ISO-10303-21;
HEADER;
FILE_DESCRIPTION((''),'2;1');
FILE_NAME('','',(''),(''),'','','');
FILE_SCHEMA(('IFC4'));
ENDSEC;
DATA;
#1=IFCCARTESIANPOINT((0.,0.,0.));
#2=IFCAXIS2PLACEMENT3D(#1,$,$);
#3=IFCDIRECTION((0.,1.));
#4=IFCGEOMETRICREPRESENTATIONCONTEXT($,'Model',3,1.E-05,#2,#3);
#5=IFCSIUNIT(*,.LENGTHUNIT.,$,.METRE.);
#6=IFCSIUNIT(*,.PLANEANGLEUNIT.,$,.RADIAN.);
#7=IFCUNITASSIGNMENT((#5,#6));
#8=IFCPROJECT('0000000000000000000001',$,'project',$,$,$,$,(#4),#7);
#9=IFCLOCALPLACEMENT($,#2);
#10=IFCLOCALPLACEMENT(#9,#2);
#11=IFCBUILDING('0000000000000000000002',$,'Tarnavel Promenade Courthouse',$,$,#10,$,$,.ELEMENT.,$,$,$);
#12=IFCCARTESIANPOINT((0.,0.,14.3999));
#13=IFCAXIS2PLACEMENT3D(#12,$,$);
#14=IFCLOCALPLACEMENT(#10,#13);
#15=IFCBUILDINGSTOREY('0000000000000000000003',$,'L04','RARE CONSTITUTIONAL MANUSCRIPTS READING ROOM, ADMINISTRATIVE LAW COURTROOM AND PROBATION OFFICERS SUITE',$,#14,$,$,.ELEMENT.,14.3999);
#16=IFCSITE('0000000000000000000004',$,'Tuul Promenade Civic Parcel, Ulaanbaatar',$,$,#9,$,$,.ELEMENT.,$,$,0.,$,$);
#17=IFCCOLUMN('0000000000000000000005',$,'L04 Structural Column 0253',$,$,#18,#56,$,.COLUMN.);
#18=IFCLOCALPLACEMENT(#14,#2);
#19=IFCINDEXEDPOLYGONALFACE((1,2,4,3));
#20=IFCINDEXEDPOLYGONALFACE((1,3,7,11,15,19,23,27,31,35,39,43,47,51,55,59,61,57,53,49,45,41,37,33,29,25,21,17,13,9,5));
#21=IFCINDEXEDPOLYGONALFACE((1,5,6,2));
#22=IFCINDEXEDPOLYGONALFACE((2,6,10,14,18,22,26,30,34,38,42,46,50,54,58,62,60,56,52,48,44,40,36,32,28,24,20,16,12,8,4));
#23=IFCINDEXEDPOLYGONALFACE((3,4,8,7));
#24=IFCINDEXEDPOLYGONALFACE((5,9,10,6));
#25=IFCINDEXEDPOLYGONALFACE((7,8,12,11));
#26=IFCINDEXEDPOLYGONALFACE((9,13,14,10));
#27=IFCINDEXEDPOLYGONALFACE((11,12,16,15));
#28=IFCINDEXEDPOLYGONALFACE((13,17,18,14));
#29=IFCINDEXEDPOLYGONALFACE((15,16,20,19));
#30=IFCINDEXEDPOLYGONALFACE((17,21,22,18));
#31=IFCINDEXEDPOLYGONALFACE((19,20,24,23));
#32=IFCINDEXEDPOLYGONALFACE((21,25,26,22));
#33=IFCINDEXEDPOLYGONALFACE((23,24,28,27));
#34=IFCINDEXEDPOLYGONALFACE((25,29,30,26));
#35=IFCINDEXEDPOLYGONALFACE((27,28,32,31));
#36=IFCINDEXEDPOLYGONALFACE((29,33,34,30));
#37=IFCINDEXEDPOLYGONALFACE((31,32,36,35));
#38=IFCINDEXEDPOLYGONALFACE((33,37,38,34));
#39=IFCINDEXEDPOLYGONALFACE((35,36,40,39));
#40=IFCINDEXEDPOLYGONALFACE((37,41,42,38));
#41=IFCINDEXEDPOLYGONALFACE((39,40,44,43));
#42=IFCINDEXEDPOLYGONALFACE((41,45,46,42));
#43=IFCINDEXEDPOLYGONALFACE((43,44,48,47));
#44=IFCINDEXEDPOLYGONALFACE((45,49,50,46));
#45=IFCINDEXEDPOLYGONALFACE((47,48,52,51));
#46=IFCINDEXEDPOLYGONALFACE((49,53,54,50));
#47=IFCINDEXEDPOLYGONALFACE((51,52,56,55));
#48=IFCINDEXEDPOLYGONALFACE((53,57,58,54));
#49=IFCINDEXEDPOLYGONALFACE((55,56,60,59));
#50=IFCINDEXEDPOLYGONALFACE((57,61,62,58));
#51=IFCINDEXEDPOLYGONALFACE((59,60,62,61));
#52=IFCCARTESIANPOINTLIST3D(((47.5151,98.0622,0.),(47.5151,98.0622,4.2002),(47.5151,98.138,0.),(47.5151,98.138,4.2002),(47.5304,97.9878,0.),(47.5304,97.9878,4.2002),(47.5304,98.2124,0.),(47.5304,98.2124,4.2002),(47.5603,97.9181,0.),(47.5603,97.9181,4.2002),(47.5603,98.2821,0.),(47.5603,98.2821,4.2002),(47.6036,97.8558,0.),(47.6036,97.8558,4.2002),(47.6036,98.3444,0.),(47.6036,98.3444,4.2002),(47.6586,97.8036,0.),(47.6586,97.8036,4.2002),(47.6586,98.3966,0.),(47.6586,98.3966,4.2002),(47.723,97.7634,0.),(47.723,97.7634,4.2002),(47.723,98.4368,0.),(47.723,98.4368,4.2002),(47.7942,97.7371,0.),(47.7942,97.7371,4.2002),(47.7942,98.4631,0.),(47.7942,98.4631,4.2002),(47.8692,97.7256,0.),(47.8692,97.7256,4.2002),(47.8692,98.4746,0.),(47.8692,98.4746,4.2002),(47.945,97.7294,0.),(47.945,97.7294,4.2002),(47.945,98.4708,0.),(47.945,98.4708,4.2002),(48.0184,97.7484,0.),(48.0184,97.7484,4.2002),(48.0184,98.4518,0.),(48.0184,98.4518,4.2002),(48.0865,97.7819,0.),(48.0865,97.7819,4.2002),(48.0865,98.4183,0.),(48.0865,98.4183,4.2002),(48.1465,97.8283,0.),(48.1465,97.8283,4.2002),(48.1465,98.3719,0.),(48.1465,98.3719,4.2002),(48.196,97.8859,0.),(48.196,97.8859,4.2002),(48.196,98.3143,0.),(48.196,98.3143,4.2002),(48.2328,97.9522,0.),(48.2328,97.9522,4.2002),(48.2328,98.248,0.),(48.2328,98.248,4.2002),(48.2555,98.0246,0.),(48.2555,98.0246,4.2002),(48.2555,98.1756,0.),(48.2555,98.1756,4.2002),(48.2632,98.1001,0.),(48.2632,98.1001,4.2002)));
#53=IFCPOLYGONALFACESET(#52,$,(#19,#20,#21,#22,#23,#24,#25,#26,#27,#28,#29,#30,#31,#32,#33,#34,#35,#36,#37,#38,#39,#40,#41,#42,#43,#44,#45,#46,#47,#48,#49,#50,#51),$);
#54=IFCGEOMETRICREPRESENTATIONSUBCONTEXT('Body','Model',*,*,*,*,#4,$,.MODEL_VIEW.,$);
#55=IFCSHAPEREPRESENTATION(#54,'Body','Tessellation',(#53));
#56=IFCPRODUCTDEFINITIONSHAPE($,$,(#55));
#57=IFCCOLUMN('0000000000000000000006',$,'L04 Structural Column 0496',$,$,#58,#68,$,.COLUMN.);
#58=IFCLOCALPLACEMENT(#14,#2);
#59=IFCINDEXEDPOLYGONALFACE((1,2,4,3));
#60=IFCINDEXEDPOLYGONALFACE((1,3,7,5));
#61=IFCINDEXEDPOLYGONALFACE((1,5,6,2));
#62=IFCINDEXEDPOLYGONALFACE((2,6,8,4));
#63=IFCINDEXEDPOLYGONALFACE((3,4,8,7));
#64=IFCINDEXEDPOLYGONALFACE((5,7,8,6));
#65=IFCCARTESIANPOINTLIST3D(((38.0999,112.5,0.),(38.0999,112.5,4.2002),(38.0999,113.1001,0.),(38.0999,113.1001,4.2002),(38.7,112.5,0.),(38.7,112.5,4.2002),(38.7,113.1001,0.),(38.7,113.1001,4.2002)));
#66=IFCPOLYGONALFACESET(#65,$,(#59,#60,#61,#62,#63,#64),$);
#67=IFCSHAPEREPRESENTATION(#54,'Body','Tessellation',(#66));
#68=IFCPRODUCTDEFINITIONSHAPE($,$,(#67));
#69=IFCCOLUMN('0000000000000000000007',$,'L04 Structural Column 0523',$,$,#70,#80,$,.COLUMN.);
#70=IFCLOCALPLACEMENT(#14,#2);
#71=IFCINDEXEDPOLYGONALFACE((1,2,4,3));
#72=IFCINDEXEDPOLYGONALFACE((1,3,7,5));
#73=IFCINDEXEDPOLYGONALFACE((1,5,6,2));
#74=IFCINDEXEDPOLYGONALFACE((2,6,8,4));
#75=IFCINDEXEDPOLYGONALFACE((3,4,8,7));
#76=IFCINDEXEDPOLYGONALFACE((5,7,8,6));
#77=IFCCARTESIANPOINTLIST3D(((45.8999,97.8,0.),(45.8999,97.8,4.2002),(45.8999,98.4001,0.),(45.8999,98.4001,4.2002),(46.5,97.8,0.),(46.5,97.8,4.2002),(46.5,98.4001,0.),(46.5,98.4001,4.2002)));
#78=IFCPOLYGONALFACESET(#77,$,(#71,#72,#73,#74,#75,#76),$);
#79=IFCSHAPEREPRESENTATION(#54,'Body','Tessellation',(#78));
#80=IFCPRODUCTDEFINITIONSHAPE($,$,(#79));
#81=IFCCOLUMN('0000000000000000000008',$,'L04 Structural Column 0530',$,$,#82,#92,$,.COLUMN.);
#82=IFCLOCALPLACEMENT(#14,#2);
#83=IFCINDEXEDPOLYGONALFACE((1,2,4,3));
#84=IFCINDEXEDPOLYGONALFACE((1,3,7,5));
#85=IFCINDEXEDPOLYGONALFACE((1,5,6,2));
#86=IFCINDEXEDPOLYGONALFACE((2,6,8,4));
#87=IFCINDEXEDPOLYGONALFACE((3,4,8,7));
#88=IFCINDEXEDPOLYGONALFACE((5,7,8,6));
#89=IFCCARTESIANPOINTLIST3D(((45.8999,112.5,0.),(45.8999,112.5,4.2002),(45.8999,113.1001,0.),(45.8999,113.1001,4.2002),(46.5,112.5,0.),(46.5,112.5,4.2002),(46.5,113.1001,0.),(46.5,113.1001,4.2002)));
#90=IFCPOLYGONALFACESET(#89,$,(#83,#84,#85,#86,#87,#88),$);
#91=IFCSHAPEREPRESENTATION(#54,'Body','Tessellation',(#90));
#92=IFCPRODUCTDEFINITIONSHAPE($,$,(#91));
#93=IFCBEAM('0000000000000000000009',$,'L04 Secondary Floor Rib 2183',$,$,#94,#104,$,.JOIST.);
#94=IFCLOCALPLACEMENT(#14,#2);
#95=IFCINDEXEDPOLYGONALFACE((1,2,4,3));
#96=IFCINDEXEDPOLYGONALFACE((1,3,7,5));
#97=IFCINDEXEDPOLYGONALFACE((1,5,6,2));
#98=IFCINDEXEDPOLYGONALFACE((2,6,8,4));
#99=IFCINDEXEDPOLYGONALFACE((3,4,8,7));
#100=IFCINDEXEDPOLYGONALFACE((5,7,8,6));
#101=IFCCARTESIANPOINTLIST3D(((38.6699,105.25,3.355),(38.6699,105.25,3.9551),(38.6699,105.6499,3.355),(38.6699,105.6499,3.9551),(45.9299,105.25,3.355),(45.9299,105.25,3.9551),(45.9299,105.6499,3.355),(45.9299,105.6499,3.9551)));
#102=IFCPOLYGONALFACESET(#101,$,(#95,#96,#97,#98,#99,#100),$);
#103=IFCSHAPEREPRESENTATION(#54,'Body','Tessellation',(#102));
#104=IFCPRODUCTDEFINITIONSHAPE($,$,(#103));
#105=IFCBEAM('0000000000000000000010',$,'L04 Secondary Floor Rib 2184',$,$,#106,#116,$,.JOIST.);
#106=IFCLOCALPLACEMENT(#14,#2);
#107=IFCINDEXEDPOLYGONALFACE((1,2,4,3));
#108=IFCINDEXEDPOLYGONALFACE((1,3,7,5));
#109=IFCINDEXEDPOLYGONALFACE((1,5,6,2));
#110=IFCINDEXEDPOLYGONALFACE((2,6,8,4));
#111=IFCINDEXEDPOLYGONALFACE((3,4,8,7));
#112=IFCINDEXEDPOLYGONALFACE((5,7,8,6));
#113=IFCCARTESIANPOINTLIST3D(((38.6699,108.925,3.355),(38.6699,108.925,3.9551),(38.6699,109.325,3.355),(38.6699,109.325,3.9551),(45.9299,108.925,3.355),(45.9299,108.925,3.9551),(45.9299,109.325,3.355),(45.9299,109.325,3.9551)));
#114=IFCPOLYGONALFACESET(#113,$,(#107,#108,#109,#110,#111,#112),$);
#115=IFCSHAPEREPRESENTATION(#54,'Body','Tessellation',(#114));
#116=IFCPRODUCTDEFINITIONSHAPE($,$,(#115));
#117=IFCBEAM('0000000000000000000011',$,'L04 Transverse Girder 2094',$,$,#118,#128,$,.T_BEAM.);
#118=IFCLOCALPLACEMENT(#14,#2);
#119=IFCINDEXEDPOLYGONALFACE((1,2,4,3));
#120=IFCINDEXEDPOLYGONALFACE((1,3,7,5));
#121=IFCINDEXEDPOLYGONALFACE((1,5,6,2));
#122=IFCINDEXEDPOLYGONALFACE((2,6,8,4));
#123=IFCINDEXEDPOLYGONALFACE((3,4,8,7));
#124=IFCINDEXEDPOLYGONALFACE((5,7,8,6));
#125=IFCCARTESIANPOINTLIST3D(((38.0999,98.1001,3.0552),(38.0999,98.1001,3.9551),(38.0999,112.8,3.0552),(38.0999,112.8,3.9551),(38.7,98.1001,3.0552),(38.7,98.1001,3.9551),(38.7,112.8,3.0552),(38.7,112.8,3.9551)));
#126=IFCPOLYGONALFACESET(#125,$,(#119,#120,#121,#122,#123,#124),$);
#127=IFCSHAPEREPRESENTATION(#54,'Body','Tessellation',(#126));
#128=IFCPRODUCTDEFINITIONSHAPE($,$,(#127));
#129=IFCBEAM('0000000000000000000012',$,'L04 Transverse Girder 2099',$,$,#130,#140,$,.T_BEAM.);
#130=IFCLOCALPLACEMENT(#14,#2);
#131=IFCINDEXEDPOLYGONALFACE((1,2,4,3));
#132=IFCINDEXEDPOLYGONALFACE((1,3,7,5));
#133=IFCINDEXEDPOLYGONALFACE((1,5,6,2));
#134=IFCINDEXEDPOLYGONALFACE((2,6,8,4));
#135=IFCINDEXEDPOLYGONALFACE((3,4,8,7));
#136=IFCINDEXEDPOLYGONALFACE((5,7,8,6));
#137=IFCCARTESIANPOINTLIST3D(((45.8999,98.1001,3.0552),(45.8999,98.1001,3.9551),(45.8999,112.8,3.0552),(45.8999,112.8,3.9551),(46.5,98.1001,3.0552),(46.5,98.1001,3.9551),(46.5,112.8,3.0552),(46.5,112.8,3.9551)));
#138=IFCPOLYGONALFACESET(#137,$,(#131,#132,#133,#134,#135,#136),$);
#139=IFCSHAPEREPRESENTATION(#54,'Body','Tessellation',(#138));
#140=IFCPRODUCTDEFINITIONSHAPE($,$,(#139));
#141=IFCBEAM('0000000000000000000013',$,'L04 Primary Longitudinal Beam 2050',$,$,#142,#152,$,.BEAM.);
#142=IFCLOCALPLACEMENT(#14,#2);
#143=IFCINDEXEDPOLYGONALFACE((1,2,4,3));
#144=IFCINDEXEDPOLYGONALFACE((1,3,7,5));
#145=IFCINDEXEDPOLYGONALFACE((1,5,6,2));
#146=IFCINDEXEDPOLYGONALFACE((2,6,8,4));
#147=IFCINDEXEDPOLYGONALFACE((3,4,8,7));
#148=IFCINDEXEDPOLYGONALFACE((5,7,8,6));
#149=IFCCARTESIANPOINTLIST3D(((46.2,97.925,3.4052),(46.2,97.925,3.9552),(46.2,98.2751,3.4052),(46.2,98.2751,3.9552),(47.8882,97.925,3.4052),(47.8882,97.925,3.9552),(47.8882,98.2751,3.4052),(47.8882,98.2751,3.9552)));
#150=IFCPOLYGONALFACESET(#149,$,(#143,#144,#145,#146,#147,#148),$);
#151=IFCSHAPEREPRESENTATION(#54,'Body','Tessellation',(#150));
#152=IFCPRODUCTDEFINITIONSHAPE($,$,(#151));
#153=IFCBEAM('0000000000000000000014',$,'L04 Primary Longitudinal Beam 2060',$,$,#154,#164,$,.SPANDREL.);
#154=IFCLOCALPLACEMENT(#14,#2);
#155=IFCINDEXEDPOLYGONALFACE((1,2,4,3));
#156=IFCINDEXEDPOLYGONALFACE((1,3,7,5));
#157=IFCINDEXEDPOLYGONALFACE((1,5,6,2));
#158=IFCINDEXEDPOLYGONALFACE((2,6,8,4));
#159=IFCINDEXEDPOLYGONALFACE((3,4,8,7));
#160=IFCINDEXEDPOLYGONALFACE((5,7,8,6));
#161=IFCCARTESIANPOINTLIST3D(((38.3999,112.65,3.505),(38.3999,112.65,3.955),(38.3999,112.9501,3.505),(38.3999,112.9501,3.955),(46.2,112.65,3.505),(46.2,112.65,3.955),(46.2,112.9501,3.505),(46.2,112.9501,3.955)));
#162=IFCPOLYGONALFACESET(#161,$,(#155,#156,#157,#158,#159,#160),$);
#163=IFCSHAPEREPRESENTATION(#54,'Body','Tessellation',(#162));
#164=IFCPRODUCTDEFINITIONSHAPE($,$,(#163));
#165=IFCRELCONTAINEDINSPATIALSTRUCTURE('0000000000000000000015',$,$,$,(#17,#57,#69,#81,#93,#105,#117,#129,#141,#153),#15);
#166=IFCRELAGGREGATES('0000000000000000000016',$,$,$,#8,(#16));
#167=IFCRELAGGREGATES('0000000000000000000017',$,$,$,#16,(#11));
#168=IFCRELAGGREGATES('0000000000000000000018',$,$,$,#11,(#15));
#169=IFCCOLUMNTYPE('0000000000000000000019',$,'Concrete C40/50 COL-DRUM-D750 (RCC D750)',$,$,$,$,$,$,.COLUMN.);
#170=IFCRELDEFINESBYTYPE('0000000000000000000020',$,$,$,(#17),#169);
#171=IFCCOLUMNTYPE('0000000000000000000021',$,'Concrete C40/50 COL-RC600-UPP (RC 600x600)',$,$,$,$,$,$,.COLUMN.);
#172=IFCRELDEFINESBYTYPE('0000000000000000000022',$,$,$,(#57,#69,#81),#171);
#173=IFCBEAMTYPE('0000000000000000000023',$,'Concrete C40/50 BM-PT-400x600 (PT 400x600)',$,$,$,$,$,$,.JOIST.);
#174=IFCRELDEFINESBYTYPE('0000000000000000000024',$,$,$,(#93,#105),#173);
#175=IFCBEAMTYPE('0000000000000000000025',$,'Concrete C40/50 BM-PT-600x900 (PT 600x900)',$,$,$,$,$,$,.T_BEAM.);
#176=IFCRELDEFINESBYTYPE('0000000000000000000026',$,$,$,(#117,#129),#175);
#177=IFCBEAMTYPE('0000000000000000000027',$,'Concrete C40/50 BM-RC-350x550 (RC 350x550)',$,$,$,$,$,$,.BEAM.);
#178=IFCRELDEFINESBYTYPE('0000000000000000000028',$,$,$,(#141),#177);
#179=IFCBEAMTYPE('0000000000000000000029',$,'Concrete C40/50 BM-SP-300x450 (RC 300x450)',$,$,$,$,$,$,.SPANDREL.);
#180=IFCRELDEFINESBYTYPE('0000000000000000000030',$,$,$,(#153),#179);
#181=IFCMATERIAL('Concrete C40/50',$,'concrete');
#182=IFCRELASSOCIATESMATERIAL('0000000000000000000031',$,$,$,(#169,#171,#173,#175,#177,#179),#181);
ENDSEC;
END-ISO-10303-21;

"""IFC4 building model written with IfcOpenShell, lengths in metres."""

from ifc_helpers import new_model, si_unit, direction, frame, origin, origin_2d, place, context, subcontext, project, spatial, rectangle, circle, extrude, material, material_profile, profile_set, type_object, element, save


model = new_model("IFC4")

# Units and contexts
model_context = context("Model", 3, precision=1e-05, world=origin(), true_north=direction((0.0, 1.0)))
body_context = subcontext(model_context, "Body", "Model", "MODEL_VIEW")
ifc_project = project(units=[si_unit("LENGTHUNIT", "METRE"), si_unit("PLANEANGLEUNIT", "RADIAN")], contexts=[model_context])

# Site, building, storey
site_placement = place(None, origin())
site = spatial("IfcSite", under=ifc_project, at=site_placement, Name="Tuul Promenade Civic Parcel, Ulaanbaatar", CompositionType="ELEMENT", RefElevation=0.0)
building_placement = place(site_placement, origin())
building = spatial("IfcBuilding", under=site, at=building_placement, Name="Tarnavel Promenade Courthouse", CompositionType="ELEMENT")
storey_placement = place(building_placement, frame((0.0, 0.0, 14.3999)))
storey = spatial("IfcBuildingStorey", under=building, at=storey_placement, Name="L04", Description="RARE CONSTITUTIONAL MANUSCRIPTS READING ROOM, ADMINISTRATIVE LAW COURTROOM AND PROBATION OFFICERS SUITE", CompositionType="ELEMENT", Elevation=14.3999)

# Columns
ifc_material_1 = material(Name="Concrete C40/50", Category="concrete")
ifc_material_profile_1 = material_profile(ifc_material_1, circle(Radius=0.375, at=origin_2d()), Name="RCC D750")
ifc_profile_set_1 = profile_set([ifc_material_profile_1], Name="Concrete C40/50")
column_type_1 = type_object("IfcColumnType", Name="Concrete C40/50 COL-DRUM-D750 (RCC D750)", PredefinedType="COLUMN", material=ifc_profile_set_1)
column_placement = place(storey_placement, frame((47.8882, 98.1001, 0.0), z_axis=(0.0, 0.0, 1.0), x_axis=(1.0, 0.0, 0.0)))
element("IfcColumn", 1, at=column_placement, inside=storey, type_object=column_type_1, Name="L04 Structural Column 0253", PredefinedType="COLUMN", context=body_context, shape_type="SweptSolid", body=[
    extrude(circle(Radius=0.375, at=origin_2d()), origin(), (0.0, 0.0, 1.0), 4.2002),
])
ifc_material_profile_2 = material_profile(ifc_material_1, rectangle(XDim=0.6001, YDim=0.6001, at=origin_2d()), Name="RC 600x600")
ifc_profile_set_2 = profile_set([ifc_material_profile_2], Name="Concrete C40/50")
column_type_2 = type_object("IfcColumnType", Name="Concrete C40/50 COL-RC600-UPP (RC 600x600)", PredefinedType="COLUMN", material=ifc_profile_set_2)
for number, where, z_axis, x_axis, name in (
    (2, (38.3999, 112.8, 0.0), (0.0, 0.0, 1.0), (1.0, 0.0, 0.0), "L04 Structural Column 0496"),
    (3, (46.2, 98.1001, 0.0), (0.0, 0.0, 1.0), (1.0, 0.0, 0.0), "L04 Structural Column 0523"),
    (4, (46.2, 112.8, 0.0), (0.0, 0.0, 1.0), (1.0, 0.0, 0.0), "L04 Structural Column 0530"),
):
    element("IfcColumn", number, at=place(storey_placement, frame(where, z_axis=z_axis, x_axis=x_axis)), inside=storey, type_object=column_type_2, Name=name, PredefinedType="COLUMN", context=body_context, shape_type="SweptSolid", body=[
        extrude(rectangle(XDim=0.6001, YDim=0.6001, at=origin_2d()), origin(), (0.0, 0.0, 1.0), 4.2002),
    ])

# Beams
ifc_material_profile_3 = material_profile(ifc_material_1, rectangle(XDim=0.3999, YDim=0.6001, at=origin_2d()), Name="PT 400x600")
ifc_profile_set_3 = profile_set([ifc_material_profile_3], Name="Concrete C40/50")
beam_type_1 = type_object("IfcBeamType", Name="Concrete C40/50 BM-PT-400x600 (PT 400x600)", PredefinedType="JOIST", material=ifc_profile_set_3)
for number, where, z_axis, x_axis, name in (
    (5, (38.6699, 105.45, 3.655), (1.0, 0.0, 0.0), (0.0, 1.0, 0.0), "L04 Secondary Floor Rib 2183"),
    (6, (38.6699, 109.125, 3.655), (1.0, 0.0, 0.0), (0.0, 1.0, 0.0), "L04 Secondary Floor Rib 2184"),
):
    element("IfcBeam", number, at=place(storey_placement, frame(where, z_axis=z_axis, x_axis=x_axis)), inside=storey, type_object=beam_type_1, Name=name, PredefinedType="JOIST", context=body_context, shape_type="SweptSolid", body=[
        extrude(rectangle(XDim=0.3999, YDim=0.6001, at=origin_2d()), origin(), (0.0, 0.0, 1.0), 7.26),
    ])
ifc_material_profile_4 = material_profile(ifc_material_1, rectangle(XDim=0.6001, YDim=0.8999, at=origin_2d()), Name="PT 600x900")
ifc_profile_set_4 = profile_set([ifc_material_profile_4], Name="Concrete C40/50")
beam_type_2 = type_object("IfcBeamType", Name="Concrete C40/50 BM-PT-600x900 (PT 600x900)", PredefinedType="T_BEAM", material=ifc_profile_set_4)
for number, where, z_axis, x_axis, name in (
    (7, (38.3999, 98.1001, 3.5051), (0.0, 1.0, 0.0), (-1.0, 0.0, 0.0), "L04 Transverse Girder 2094"),
    (8, (46.2, 98.1001, 3.5051), (0.0, 1.0, 0.0), (-1.0, 0.0, 0.0), "L04 Transverse Girder 2099"),
):
    element("IfcBeam", number, at=place(storey_placement, frame(where, z_axis=z_axis, x_axis=x_axis)), inside=storey, type_object=beam_type_2, Name=name, PredefinedType="T_BEAM", context=body_context, shape_type="SweptSolid", body=[
        extrude(rectangle(XDim=0.6001, YDim=0.8999, at=origin_2d()), origin(), (0.0, 0.0, 1.0), 14.7),
    ])
ifc_material_profile_5 = material_profile(ifc_material_1, rectangle(XDim=0.3501, YDim=0.55, at=origin_2d()), Name="RC 350x550")
ifc_profile_set_5 = profile_set([ifc_material_profile_5], Name="Concrete C40/50")
beam_type_3 = type_object("IfcBeamType", Name="Concrete C40/50 BM-RC-350x550 (RC 350x550)", PredefinedType="BEAM", material=ifc_profile_set_5)
beam_1_placement = place(storey_placement, frame((46.2, 98.1001, 3.6802), z_axis=(1.0, 0.0, 0.0), x_axis=(0.0, 1.0, 0.0)))
element("IfcBeam", 9, at=beam_1_placement, inside=storey, type_object=beam_type_3, Name="L04 Primary Longitudinal Beam 2050", PredefinedType="BEAM", context=body_context, shape_type="SweptSolid", body=[
    extrude(rectangle(XDim=0.3501, YDim=0.55, at=origin_2d()), origin(), (0.0, 0.0, 1.0), 1.6882),
])
ifc_material_profile_6 = material_profile(ifc_material_1, rectangle(XDim=0.3, YDim=0.45, at=origin_2d()), Name="RC 300x450")
ifc_profile_set_6 = profile_set([ifc_material_profile_6], Name="Concrete C40/50")
beam_type_4 = type_object("IfcBeamType", Name="Concrete C40/50 BM-SP-300x450 (RC 300x450)", PredefinedType="SPANDREL", material=ifc_profile_set_6)
beam_2_placement = place(storey_placement, frame((38.3999, 112.8, 3.73), z_axis=(1.0, 0.0, 0.0), x_axis=(0.0, 1.0, 0.0)))
element("IfcBeam", 10, at=beam_2_placement, inside=storey, type_object=beam_type_4, Name="L04 Primary Longitudinal Beam 2060", PredefinedType="SPANDREL", context=body_context, shape_type="SweptSolid", body=[
    extrude(rectangle(XDim=0.3, YDim=0.45, at=origin_2d()), origin(), (0.0, 0.0, 1.0), 7.8),
])

save(model, "model.ifc")
